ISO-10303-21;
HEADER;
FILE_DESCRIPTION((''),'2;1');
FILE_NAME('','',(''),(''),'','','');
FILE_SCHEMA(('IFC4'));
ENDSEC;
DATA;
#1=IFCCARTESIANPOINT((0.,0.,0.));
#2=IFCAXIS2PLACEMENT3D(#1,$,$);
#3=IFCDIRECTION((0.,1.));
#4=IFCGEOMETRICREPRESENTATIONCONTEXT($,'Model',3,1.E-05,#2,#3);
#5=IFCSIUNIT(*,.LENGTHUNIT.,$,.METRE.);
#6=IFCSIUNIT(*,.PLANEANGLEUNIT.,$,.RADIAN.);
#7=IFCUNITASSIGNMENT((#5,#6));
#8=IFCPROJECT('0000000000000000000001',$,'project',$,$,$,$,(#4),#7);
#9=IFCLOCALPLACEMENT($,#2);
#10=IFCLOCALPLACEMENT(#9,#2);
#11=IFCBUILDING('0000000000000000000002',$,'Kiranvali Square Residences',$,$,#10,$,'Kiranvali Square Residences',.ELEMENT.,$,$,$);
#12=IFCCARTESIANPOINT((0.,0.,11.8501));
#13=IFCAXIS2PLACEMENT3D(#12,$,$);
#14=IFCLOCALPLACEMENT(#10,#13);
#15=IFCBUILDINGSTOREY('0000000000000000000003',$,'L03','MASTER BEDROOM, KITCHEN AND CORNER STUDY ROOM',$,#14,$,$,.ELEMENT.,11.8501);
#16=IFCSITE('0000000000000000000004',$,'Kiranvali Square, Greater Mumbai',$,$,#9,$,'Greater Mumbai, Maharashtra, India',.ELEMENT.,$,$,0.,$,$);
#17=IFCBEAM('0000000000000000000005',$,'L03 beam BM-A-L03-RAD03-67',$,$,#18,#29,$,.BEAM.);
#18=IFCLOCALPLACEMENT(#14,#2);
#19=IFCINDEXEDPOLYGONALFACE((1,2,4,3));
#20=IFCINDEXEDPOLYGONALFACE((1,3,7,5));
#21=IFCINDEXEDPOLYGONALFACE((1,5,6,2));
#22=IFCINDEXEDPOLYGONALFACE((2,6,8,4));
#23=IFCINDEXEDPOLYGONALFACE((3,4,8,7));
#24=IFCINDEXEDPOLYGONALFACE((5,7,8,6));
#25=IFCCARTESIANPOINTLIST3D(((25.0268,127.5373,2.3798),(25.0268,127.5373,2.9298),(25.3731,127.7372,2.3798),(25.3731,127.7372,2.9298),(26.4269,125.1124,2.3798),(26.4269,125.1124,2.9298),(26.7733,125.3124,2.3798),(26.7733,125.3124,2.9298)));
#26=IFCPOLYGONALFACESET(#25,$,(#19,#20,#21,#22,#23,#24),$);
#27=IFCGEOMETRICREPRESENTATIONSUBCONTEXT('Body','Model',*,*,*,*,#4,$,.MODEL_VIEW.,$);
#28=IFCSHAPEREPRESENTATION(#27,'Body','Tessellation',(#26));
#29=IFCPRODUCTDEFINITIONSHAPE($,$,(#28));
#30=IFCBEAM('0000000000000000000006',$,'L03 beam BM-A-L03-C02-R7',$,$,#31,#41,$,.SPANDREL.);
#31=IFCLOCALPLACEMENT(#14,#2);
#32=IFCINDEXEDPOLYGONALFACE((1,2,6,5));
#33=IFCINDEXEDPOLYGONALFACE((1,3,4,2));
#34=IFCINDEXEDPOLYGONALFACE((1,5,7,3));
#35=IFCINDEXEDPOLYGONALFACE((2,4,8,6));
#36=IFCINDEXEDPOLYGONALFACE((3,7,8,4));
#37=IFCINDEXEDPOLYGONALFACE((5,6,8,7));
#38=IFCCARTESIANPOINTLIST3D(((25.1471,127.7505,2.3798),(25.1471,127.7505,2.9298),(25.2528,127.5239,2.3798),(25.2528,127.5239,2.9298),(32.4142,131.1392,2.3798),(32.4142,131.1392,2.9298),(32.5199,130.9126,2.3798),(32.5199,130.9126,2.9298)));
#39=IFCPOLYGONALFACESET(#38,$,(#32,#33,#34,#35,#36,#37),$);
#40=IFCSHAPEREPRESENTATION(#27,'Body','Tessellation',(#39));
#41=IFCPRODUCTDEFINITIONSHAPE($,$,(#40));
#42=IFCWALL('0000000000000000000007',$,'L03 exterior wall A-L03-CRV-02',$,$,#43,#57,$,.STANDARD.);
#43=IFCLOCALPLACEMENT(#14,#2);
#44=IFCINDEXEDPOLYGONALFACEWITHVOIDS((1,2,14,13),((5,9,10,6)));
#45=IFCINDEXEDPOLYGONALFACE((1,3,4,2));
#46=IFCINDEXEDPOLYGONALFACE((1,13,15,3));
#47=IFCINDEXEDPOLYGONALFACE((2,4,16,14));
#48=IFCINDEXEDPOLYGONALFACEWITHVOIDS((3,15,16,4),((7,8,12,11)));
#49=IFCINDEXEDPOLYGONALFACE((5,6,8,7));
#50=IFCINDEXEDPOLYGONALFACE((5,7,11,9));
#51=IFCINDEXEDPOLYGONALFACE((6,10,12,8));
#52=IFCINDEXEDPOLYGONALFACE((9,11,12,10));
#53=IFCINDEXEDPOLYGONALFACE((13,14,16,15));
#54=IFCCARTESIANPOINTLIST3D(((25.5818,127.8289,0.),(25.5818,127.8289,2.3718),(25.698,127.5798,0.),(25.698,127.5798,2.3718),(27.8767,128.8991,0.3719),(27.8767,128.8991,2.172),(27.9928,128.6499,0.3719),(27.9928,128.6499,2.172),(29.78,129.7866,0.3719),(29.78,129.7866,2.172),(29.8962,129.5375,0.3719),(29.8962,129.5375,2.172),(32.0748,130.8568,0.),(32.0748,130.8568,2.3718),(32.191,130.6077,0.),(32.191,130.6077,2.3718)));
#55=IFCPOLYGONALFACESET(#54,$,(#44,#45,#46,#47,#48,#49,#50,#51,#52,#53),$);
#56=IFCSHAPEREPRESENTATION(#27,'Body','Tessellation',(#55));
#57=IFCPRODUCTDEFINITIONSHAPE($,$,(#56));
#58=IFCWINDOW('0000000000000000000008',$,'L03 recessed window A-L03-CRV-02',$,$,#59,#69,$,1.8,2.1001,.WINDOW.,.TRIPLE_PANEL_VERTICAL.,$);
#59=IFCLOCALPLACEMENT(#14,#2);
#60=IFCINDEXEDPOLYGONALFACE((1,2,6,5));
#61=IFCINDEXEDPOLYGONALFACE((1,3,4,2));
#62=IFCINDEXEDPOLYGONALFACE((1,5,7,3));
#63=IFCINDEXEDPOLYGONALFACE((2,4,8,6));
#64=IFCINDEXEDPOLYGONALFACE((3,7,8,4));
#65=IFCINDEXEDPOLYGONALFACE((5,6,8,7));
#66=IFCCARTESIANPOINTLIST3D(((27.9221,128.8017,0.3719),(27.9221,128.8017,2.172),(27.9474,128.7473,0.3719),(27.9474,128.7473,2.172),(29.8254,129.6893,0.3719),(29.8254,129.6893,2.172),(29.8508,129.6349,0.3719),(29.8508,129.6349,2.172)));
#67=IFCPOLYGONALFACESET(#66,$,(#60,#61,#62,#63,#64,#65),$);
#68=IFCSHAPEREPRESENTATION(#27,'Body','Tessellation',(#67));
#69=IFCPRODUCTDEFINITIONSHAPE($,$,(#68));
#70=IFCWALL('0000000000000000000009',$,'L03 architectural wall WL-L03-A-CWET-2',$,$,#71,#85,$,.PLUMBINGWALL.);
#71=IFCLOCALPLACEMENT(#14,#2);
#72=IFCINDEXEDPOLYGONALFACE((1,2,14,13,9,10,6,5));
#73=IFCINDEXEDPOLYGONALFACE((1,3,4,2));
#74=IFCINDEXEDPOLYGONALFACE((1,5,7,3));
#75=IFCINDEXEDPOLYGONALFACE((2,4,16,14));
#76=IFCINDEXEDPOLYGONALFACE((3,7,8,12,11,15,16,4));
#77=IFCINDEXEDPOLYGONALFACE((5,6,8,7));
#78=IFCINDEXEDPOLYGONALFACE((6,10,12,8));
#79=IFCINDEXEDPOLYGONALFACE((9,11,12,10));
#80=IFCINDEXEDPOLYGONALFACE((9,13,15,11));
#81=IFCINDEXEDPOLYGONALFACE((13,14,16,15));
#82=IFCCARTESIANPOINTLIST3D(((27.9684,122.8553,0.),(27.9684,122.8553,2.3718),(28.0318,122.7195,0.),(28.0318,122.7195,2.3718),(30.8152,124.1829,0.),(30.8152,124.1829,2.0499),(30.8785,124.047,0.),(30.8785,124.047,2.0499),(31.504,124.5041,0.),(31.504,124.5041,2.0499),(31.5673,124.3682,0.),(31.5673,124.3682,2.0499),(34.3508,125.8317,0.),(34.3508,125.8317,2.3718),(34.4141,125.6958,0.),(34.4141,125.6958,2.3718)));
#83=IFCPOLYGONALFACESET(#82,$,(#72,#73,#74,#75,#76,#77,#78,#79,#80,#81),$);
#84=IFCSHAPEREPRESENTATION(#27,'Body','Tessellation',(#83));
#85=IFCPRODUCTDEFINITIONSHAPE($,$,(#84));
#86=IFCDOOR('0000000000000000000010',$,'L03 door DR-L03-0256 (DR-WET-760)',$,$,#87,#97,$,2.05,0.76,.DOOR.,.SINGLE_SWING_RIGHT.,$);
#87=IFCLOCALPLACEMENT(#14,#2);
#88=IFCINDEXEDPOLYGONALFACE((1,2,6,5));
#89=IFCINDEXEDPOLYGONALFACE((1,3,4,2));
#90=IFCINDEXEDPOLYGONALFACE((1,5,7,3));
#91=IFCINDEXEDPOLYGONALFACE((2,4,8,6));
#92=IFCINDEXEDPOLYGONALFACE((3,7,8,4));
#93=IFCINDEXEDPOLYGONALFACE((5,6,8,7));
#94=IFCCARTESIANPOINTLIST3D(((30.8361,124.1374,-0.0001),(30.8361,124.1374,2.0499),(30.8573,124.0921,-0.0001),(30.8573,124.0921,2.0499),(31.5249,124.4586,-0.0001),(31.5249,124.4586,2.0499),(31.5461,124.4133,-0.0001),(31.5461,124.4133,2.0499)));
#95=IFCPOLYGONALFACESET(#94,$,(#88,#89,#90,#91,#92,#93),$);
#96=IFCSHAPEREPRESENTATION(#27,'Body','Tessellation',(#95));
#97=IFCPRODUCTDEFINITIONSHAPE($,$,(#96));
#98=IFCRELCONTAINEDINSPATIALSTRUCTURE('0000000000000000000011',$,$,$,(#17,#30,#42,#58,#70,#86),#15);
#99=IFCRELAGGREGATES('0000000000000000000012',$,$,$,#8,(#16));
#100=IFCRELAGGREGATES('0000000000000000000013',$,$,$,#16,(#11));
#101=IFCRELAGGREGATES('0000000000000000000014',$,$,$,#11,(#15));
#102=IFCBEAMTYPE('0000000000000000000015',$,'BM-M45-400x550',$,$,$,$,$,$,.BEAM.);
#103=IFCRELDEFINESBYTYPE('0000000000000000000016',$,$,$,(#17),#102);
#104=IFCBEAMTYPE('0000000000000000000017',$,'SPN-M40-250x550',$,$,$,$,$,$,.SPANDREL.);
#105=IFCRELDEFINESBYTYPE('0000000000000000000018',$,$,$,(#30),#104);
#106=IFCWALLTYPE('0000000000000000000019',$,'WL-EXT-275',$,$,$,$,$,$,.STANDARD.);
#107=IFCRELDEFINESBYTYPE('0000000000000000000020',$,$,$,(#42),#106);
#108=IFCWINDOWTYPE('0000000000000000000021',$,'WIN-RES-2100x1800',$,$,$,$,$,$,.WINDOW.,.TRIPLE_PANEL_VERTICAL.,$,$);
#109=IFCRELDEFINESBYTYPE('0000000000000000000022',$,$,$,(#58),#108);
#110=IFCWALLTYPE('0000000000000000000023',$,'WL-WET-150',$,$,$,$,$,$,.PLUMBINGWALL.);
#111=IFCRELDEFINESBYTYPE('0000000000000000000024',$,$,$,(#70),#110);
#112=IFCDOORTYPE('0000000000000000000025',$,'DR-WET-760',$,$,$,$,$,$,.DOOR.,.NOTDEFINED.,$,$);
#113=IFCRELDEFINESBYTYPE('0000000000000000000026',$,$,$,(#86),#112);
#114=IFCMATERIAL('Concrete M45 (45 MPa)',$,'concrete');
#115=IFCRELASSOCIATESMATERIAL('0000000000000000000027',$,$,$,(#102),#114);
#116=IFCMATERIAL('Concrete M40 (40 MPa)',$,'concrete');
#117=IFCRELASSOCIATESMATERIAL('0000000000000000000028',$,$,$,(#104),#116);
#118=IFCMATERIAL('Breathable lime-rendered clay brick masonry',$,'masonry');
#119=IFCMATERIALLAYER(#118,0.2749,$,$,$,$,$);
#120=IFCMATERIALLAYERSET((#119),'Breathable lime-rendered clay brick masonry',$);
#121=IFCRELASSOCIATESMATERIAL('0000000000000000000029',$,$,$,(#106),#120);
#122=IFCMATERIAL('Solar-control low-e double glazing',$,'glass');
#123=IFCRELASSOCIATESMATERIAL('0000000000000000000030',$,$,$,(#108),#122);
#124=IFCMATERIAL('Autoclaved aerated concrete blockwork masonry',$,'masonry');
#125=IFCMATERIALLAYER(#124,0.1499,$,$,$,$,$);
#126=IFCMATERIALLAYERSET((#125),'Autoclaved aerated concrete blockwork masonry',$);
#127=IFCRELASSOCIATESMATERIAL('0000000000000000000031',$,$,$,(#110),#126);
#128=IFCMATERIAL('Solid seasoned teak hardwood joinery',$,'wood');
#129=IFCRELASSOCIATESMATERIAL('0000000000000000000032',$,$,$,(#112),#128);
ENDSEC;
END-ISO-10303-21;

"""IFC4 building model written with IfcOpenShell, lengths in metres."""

from ifc_helpers import new_model, si_unit, direction, frame, frame_2d, origin, origin_2d, place, context, subcontext, project, spatial, rectangle, extrude, material, layer, layer_set, material_profile, profile_set, type_object, element, fill, save


model = new_model("IFC4")

# Units and contexts
model_context = context("Model", 3, precision=1e-05, world=origin(), true_north=direction((0.0, 1.0)))
body_context = subcontext(model_context, "Body", "Model", "MODEL_VIEW")
ifc_project = project(units=[si_unit("LENGTHUNIT", "METRE"), si_unit("PLANEANGLEUNIT", "RADIAN")], contexts=[model_context])

# Site, building, storey
site_placement = place(None, origin())
site = spatial("IfcSite", under=ifc_project, at=site_placement, Name="Kiranvali Square, Greater Mumbai", LongName="Greater Mumbai, Maharashtra, India", CompositionType="ELEMENT", RefElevation=0.0)
building_placement = place(site_placement, origin())
building = spatial("IfcBuilding", under=site, at=building_placement, Name="Kiranvali Square Residences", LongName="Kiranvali Square Residences", CompositionType="ELEMENT")
storey_placement = place(building_placement, frame((0.0, 0.0, 11.8501)))
storey = spatial("IfcBuildingStorey", under=building, at=storey_placement, Name="L03", Description="MASTER BEDROOM, KITCHEN AND CORNER STUDY ROOM", CompositionType="ELEMENT", Elevation=11.8501)

# Beams
ifc_material_1 = material(Name="Concrete M45 (45 MPa)", Category="concrete")
ifc_material_profile_1 = material_profile(ifc_material_1, rectangle(XDim=0.3999, YDim=0.55, at=origin_2d()), Name="RC 400x550")
ifc_profile_set_1 = profile_set([ifc_material_profile_1], Name="Concrete M45 (45 MPa)")
beam_type_1 = type_object("IfcBeamType", Name="BM-M45-400x550", PredefinedType="BEAM", material=ifc_profile_set_1)
for number, where, z_axis, x_axis, name in (
    (1, (26.6001, 125.2124, 2.6548), (-0.50005, 0.865997, 0.0), (-0.865997, -0.50005, 0.0), "L03 beam BM-A-L03-RAD03-67"),
):
    element("IfcBeam", number, at=place(storey_placement, frame(where, z_axis=z_axis, x_axis=x_axis)), inside=storey, type_object=beam_type_1, Name=name, PredefinedType="BEAM", context=body_context, shape_type="SweptSolid", body=[
        extrude(rectangle(XDim=0.3999, YDim=0.55, at=origin_2d()), origin(), (0.0, 0.0, 1.0), 2.8),
    ])
ifc_material_2 = material(Name="Concrete M40 (40 MPa)", Category="concrete")
ifc_material_profile_2 = material_profile(ifc_material_2, rectangle(XDim=0.25, YDim=0.55, at=origin_2d()), Name="RC 250x550")
ifc_profile_set_2 = profile_set([ifc_material_profile_2], Name="Concrete M40 (40 MPa)")
beam_type_2 = type_object("IfcBeamType", Name="SPN-M40-250x550", PredefinedType="SPANDREL", material=ifc_profile_set_2)
beam_1_placement = place(storey_placement, frame((32.467, 131.0259, 2.6548), z_axis=(-0.906309, -0.422615, 0.0), x_axis=(0.422615, -0.906309, 0.0)))
element("IfcBeam", 2, at=beam_1_placement, inside=storey, type_object=beam_type_2, Name="L03 beam BM-A-L03-C02-R7", PredefinedType="SPANDREL", context=body_context, shape_type="SweptSolid", body=[
    extrude(rectangle(XDim=0.25, YDim=0.55, at=origin_2d()), origin(), (0.0, 0.0, 1.0), 8.0183),
])

# Wall, opening, window
ifc_material_3 = material(Name="Breathable lime-rendered clay brick masonry", Category="masonry")
ifc_layer_1 = layer(ifc_material_3, 0.2749)
ifc_layer_set_1 = layer_set([ifc_layer_1], Name="Breathable lime-rendered clay brick masonry")
wall_type_1 = type_object("IfcWallType", Name="WL-EXT-275", PredefinedType="STANDARD", material=ifc_layer_set_1)
wall_1_placement = place(storey_placement, frame((32.1328, 130.7322, 0.0), z_axis=(0.0, 0.0, 1.0), x_axis=(-0.906301, -0.422634, 0.0)))
wall_1 = element("IfcWall", 3, at=wall_1_placement, inside=storey, type_object=wall_type_1, Name="L03 exterior wall A-L03-CRV-02", PredefinedType="STANDARD", context=body_context, shape_type="SweptSolid", body=[
    extrude(rectangle(XDim=7.1643, YDim=0.2749, at=frame_2d((3.582, 0.0))), origin(), (0.0, 0.0, 1.0), 2.3718),
])
opening_1_placement = place(wall_1_placement, frame((2.532, 0.0, 0.3721)))
opening_1 = element("IfcOpeningElement", 4, at=opening_1_placement, cuts=wall_1, PredefinedType="OPENING", context=body_context, shape_type="SweptSolid", body=[
    extrude(rectangle(XDim=2.1001, YDim=1.8, at=frame_2d((1.05, 0.8999))), frame((0.0, 0.1475, 0.0), z_axis=(0.0, -1.0, 0.0), x_axis=(1.0, 0.0, 0.0)), (0.0, 0.0, 1.0), 0.2949),
])
ifc_material_4 = material(Name="Solar-control low-e double glazing", Category="glass")
window_type = type_object("IfcWindowType", Name="WIN-RES-2100x1800", PartitioningType="TRIPLE_PANEL_VERTICAL", PredefinedType="WINDOW", material=ifc_material_4)
window_placement = place(opening_1_placement, origin())
window = element("IfcWindow", 5, at=window_placement, inside=storey, type_object=window_type, Name="L03 recessed window A-L03-CRV-02", OverallHeight=1.8, OverallWidth=2.1001, PartitioningType="TRIPLE_PANEL_VERTICAL", PredefinedType="WINDOW", context=body_context, shape_type="SweptSolid", body=[
    extrude(rectangle(XDim=2.1001, YDim=1.8, at=frame_2d((1.05, 0.8999))), frame((0.0, 0.03, 0.0), z_axis=(0.0, -1.0, 0.0), x_axis=(1.0, 0.0, 0.0)), (0.0, 0.0, 1.0), 0.0601),
])
fill(opening_1, window)

# Wall, opening, door
ifc_material_5 = material(Name="Autoclaved aerated concrete blockwork masonry", Category="masonry")
ifc_layer_2 = layer(ifc_material_5, 0.1499)
ifc_layer_set_2 = layer_set([ifc_layer_2], Name="Autoclaved aerated concrete blockwork masonry")
wall_type_2 = type_object("IfcWallType", Name="WL-WET-150", PredefinedType="PLUMBINGWALL", material=ifc_layer_set_2)
wall_2_placement = place(storey_placement, frame((34.3823, 125.7637, 0.0), z_axis=(0.0, 0.0, 1.0), x_axis=(-0.906297, -0.422641, 0.0)))
wall_2 = element("IfcWall", 6, at=wall_2_placement, inside=storey, type_object=wall_type_2, Name="L03 architectural wall WL-L03-A-CWET-2", PredefinedType="PLUMBINGWALL", context=body_context, shape_type="SweptSolid", body=[
    extrude(rectangle(XDim=7.0422, YDim=0.1499, at=frame_2d((3.521, 0.0))), origin(), (0.0, 0.0, 1.0), 2.3718),
])
opening_2_placement = place(wall_2_placement, frame((3.1411, 0.0, 0.0)))
opening_2 = element("IfcOpeningElement", 7, at=opening_2_placement, cuts=wall_2, PredefinedType="OPENING", context=body_context, shape_type="SweptSolid", body=[
    extrude(rectangle(XDim=0.76, YDim=2.05, at=frame_2d((0.3799, 1.0249))), frame((0.0, 0.085, 0.0), z_axis=(0.0, -1.0, 0.0), x_axis=(1.0, 0.0, 0.0)), (0.0, 0.0, 1.0), 0.1699),
])
ifc_material_6 = material(Name="Solid seasoned teak hardwood joinery", Category="wood")
door_type = type_object("IfcDoorType", Name="DR-WET-760", OperationType="NOTDEFINED", PredefinedType="DOOR", material=ifc_material_6)
door_placement = place(opening_2_placement, frame((0.76, 0.0, 0.0), z_axis=(0.0, 0.0, 1.0), x_axis=(-1.0, 0.0, 0.0)))
door = element("IfcDoor", 8, at=door_placement, inside=storey, type_object=door_type, Name="L03 door DR-L03-0256 (DR-WET-760)", OperationType="SINGLE_SWING_RIGHT", OverallHeight=2.05, OverallWidth=0.76, PredefinedType="DOOR", context=body_context, shape_type="SweptSolid", body=[
    extrude(rectangle(XDim=0.76, YDim=2.05, at=frame_2d((0.3799, 1.0249))), frame((0.0, 0.0249, 0.0), z_axis=(0.0, -1.0, 0.0), x_axis=(1.0, 0.0, 0.0)), (0.0, 0.0, 1.0), 0.05),
])
fill(opening_2, door)

save(model, "model.ifc")
